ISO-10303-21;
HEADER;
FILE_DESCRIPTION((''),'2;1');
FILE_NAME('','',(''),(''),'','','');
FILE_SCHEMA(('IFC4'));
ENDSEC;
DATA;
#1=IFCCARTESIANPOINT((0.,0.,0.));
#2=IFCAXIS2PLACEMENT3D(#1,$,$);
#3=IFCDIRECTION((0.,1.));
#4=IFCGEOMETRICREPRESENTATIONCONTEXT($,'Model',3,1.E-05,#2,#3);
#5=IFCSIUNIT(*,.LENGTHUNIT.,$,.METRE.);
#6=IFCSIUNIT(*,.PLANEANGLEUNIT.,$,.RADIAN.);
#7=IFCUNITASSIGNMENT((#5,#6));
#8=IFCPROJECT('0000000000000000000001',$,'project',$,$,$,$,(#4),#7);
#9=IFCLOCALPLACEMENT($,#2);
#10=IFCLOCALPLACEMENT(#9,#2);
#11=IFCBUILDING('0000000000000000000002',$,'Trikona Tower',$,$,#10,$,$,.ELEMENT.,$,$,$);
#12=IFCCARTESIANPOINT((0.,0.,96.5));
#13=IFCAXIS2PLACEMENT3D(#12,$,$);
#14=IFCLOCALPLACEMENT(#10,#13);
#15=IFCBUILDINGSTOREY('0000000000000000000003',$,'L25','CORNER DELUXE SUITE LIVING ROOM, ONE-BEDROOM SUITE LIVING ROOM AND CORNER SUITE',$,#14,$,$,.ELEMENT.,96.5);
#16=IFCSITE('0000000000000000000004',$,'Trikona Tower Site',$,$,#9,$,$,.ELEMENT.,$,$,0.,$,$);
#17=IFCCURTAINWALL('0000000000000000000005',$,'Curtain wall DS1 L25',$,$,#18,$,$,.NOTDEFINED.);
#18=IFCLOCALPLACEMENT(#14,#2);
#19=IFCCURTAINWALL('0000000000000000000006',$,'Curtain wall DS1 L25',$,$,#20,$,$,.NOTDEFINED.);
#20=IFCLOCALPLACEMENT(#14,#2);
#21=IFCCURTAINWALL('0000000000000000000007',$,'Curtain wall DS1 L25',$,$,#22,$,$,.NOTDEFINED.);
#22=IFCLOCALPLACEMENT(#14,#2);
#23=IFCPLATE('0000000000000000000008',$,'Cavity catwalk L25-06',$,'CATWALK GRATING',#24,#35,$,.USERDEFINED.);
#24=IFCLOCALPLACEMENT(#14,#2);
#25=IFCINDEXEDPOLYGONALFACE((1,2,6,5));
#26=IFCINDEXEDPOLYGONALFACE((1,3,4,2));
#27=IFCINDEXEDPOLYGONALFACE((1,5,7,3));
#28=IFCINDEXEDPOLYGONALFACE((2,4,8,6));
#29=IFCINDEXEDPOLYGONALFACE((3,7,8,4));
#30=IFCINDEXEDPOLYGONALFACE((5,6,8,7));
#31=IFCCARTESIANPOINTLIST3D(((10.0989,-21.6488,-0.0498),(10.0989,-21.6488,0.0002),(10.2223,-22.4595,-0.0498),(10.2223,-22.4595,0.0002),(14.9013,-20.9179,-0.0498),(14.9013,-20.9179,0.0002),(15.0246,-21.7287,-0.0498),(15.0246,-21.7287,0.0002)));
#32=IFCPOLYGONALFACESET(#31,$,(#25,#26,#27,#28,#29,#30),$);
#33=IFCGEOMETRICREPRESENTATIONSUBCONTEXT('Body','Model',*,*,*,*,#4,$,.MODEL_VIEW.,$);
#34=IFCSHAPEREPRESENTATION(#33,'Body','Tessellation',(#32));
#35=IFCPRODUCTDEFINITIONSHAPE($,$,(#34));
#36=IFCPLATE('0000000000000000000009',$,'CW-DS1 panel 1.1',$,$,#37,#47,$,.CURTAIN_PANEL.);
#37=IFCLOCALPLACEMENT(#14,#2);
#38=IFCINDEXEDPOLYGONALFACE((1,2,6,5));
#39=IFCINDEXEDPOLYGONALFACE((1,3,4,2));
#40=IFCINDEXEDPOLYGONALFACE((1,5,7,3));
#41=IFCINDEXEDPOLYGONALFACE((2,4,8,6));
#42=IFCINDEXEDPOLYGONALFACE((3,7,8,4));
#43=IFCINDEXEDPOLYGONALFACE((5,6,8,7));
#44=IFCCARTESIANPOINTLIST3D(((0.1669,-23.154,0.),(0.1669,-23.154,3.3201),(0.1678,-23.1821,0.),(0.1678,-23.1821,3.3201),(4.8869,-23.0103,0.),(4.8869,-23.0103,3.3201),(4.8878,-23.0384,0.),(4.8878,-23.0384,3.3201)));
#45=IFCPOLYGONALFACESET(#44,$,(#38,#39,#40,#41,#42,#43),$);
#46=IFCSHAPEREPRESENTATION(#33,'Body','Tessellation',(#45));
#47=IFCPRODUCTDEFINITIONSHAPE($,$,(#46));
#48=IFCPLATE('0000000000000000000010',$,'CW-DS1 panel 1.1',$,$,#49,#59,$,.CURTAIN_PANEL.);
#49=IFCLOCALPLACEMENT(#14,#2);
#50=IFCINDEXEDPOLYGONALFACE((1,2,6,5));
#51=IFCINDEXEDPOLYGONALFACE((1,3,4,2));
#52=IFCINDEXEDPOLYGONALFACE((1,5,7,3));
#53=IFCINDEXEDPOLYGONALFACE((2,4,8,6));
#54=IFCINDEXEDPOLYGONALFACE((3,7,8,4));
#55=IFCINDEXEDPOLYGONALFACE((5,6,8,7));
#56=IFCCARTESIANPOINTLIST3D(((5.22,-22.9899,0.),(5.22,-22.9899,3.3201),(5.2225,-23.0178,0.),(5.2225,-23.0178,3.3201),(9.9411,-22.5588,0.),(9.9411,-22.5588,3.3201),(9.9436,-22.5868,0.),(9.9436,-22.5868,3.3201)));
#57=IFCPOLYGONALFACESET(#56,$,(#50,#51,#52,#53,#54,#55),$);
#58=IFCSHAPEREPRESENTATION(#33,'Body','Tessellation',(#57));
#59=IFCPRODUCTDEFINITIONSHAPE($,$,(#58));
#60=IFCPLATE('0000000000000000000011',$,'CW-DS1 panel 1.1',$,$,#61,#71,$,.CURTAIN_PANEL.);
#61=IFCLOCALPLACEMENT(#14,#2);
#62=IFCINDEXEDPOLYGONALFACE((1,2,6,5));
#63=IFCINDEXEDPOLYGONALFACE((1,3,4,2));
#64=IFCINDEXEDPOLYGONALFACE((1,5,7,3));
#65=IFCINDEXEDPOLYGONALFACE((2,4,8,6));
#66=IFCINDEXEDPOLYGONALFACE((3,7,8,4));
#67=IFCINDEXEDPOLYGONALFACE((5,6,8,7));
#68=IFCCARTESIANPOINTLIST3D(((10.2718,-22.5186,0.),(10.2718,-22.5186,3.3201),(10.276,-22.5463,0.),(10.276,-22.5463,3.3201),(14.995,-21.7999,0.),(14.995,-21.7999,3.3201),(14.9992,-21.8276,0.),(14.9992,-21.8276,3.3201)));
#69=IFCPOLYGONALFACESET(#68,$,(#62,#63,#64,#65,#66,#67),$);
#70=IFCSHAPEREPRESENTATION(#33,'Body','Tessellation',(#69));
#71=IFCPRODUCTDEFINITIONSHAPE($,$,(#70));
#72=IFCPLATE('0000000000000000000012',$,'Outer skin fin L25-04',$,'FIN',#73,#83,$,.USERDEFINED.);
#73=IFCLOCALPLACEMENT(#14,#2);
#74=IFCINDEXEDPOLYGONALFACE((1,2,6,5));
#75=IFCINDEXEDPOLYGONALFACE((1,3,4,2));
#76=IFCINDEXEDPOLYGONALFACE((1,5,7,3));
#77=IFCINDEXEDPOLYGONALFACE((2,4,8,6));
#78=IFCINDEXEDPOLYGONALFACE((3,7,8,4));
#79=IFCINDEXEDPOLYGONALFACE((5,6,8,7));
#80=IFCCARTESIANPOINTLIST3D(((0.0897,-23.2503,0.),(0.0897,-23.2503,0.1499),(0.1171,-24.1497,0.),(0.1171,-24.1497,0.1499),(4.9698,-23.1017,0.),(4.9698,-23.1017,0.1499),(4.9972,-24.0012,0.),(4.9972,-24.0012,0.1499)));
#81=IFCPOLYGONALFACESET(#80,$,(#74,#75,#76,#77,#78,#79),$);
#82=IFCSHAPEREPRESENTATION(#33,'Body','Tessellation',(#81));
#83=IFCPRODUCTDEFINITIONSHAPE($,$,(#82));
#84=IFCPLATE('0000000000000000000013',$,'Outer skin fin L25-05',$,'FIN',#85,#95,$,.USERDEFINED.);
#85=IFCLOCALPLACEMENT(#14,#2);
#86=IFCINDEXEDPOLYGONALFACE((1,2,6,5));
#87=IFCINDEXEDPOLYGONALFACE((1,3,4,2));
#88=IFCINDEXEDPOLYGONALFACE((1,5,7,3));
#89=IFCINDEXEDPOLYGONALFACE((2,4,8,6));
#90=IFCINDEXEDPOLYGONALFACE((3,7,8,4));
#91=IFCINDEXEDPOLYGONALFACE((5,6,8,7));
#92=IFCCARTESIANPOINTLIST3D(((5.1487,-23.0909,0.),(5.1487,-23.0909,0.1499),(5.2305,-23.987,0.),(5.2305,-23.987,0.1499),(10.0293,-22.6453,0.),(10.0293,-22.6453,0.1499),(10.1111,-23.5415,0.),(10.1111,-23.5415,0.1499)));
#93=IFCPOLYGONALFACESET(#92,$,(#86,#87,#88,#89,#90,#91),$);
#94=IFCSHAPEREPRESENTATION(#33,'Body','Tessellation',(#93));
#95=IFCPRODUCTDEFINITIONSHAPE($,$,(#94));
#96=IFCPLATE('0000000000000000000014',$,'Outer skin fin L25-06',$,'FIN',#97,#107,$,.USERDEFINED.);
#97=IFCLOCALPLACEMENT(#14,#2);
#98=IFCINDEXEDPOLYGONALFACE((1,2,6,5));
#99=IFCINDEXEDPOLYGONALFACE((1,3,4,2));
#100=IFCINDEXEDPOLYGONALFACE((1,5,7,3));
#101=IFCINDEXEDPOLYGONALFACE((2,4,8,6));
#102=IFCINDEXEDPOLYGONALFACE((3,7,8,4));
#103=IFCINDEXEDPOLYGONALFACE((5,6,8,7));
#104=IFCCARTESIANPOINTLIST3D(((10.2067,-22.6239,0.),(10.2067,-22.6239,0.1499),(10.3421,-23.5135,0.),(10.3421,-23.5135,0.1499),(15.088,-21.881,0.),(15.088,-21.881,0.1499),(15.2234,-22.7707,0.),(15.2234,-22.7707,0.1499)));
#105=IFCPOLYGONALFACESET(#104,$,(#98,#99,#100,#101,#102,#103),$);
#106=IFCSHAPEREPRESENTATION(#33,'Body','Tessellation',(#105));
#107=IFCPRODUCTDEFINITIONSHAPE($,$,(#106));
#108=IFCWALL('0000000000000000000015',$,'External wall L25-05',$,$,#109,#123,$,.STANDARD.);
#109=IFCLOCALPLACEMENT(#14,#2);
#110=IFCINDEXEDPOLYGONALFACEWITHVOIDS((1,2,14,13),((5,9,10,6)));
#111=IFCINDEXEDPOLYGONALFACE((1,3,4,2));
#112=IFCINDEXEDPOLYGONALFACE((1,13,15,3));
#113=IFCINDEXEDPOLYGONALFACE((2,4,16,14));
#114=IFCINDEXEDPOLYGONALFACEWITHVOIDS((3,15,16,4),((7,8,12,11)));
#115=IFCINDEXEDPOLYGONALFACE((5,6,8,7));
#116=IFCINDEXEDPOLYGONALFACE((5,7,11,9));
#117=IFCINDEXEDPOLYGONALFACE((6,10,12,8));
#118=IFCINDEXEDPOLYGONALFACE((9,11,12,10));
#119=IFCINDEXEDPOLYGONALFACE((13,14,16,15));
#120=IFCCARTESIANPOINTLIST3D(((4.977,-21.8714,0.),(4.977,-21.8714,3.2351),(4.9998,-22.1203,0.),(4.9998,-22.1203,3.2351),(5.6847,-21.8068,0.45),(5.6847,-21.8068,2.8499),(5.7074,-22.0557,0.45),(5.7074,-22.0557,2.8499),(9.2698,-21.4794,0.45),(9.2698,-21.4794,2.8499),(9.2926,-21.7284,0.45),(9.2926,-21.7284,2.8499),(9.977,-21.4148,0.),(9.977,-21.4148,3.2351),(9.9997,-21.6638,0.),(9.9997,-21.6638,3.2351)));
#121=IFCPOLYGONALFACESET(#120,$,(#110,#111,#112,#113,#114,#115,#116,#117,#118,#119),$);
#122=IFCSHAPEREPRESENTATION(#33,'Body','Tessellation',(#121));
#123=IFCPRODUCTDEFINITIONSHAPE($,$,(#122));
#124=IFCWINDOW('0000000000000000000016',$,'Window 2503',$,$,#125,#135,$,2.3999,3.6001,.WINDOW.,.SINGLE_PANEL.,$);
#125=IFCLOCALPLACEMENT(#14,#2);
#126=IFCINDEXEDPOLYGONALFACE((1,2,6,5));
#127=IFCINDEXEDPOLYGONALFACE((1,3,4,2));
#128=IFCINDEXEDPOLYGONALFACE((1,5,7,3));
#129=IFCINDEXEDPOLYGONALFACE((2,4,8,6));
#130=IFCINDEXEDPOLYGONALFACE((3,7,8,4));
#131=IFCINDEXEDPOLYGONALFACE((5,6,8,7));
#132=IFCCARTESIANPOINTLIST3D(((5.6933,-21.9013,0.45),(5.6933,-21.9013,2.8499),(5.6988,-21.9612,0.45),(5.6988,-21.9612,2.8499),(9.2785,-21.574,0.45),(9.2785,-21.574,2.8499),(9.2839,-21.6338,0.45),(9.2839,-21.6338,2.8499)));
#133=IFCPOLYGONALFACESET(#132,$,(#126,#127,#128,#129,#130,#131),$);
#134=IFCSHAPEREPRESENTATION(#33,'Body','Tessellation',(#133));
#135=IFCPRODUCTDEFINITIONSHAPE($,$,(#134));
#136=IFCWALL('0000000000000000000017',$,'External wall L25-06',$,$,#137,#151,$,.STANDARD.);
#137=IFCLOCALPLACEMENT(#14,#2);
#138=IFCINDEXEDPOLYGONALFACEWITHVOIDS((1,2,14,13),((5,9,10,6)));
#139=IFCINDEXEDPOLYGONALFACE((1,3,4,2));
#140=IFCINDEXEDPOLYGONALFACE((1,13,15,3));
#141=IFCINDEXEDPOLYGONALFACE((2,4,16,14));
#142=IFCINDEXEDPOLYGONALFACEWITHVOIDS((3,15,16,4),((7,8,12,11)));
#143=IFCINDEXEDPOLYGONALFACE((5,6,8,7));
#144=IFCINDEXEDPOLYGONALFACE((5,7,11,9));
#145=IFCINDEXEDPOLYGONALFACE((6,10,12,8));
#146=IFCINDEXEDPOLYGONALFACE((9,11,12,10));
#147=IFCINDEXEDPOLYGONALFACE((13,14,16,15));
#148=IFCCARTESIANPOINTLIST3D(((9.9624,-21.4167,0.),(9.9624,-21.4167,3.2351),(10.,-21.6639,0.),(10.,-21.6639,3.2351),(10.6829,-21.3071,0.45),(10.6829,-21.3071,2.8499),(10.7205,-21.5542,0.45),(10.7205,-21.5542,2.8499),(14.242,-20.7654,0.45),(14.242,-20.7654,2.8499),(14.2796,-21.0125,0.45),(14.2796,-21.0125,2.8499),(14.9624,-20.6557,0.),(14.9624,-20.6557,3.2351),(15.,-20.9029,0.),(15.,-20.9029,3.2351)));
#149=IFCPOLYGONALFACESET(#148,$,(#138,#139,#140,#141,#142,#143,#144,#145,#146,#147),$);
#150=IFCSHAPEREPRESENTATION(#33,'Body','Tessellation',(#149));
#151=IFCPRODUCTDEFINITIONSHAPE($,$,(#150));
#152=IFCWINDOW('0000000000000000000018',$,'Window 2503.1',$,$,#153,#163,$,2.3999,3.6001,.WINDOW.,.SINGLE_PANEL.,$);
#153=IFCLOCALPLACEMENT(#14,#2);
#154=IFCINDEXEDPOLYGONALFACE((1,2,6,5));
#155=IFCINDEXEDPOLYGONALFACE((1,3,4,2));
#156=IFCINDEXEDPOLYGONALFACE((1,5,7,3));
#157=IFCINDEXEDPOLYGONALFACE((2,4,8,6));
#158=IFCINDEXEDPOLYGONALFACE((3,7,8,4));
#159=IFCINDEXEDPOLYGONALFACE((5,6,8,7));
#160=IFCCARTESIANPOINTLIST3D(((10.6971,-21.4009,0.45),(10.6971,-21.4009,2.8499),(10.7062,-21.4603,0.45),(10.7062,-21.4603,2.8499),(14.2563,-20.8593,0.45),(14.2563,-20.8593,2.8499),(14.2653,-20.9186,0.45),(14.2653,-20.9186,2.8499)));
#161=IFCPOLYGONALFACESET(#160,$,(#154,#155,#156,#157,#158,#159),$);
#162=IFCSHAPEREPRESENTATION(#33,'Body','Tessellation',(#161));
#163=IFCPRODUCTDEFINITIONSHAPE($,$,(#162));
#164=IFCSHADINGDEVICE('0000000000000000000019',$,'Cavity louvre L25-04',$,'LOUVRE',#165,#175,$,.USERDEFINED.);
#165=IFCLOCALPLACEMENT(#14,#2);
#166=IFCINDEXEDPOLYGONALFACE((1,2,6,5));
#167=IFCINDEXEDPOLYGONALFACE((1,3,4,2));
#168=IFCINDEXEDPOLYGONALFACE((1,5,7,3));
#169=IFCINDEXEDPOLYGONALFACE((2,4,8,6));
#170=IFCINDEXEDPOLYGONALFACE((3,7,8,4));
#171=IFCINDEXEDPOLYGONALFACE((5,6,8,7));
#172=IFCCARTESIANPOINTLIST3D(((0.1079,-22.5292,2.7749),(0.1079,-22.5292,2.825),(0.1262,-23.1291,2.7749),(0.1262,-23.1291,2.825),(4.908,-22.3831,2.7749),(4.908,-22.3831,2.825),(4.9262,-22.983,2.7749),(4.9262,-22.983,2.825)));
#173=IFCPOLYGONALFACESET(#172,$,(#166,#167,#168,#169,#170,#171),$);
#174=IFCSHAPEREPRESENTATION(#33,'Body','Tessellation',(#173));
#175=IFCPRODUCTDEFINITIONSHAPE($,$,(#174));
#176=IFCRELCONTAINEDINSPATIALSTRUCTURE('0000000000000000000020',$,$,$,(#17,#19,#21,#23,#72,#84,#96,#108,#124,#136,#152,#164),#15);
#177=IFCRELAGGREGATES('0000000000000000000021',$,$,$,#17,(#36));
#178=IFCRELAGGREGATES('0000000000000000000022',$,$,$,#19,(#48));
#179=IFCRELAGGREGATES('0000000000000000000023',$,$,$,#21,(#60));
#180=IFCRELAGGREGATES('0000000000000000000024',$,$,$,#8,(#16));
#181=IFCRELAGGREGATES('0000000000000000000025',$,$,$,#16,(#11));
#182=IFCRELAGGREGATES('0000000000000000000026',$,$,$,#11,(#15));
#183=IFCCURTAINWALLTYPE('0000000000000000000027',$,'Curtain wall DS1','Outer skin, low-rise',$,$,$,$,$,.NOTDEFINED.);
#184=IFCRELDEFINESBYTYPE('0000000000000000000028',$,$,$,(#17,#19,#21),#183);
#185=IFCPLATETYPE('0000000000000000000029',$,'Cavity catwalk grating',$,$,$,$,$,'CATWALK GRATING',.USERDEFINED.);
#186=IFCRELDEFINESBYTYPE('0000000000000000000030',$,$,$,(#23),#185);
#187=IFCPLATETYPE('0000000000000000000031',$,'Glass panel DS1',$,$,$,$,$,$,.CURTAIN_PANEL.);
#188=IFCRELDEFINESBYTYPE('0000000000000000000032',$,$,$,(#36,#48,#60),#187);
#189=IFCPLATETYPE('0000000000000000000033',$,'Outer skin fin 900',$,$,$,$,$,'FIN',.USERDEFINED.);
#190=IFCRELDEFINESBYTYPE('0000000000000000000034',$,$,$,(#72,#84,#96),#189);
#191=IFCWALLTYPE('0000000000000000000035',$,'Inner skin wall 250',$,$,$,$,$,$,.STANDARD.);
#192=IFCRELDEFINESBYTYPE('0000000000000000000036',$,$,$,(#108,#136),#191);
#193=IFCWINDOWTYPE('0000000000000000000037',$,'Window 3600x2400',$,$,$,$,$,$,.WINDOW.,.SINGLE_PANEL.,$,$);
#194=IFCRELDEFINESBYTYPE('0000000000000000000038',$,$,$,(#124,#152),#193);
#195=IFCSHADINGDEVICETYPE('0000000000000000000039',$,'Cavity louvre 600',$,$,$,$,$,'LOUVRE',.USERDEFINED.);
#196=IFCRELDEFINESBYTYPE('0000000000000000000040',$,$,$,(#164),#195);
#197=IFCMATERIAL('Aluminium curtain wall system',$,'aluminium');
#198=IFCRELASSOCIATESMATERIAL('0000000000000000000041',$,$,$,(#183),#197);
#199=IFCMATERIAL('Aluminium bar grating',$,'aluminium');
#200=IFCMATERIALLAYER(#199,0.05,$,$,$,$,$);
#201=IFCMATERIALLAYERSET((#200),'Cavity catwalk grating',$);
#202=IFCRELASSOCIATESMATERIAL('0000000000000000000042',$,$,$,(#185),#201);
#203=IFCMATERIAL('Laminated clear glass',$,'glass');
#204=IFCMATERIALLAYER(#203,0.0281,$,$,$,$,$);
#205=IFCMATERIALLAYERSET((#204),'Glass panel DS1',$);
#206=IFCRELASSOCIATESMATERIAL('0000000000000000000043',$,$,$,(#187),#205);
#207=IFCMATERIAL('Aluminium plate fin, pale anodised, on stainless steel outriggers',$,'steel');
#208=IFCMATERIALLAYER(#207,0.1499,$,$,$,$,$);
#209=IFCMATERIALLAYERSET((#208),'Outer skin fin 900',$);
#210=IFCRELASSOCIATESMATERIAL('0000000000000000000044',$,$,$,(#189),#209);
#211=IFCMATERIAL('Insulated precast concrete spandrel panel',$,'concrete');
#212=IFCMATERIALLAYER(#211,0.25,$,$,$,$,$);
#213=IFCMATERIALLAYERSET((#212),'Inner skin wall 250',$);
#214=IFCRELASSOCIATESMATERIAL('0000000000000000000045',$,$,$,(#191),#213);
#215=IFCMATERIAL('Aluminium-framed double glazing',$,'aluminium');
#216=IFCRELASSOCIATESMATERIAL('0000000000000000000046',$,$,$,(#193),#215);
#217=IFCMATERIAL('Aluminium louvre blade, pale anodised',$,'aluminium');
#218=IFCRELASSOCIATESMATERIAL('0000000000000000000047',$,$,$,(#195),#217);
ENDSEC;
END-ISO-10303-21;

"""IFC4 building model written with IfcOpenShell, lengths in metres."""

from ifc_helpers import new_model, si_unit, direction, frame, frame_2d, origin, origin_2d, place, context, subcontext, project, spatial, rectangle, extrude, material, layer, layer_set, type_object, element, fill, aggregate, save


model = new_model("IFC4")

# Units and contexts
model_context = context("Model", 3, precision=1e-05, world=origin(), true_north=direction((0.0, 1.0)))
body_context = subcontext(model_context, "Body", "Model", "MODEL_VIEW")
ifc_project = project(units=[si_unit("LENGTHUNIT", "METRE"), si_unit("PLANEANGLEUNIT", "RADIAN")], contexts=[model_context])

# Site, building, storey
site_placement = place(None, origin())
site = spatial("IfcSite", under=ifc_project, at=site_placement, Name="Trikona Tower Site", CompositionType="ELEMENT", RefElevation=0.0)
building_placement = place(site_placement, origin())
building = spatial("IfcBuilding", under=site, at=building_placement, Name="Trikona Tower", CompositionType="ELEMENT")
storey_placement = place(building_placement, frame((0.0, 0.0, 96.5)))
storey = spatial("IfcBuildingStorey", under=building, at=storey_placement, Name="L25", Description="CORNER DELUXE SUITE LIVING ROOM, ONE-BEDROOM SUITE LIVING ROOM AND CORNER SUITE", CompositionType="ELEMENT", Elevation=96.5)

# Curtain walls
ifc_material_1 = material(Name="Aluminium curtain wall system", Category="aluminium")
curtain_wall_type = type_object("IfcCurtainWallType", Name="Curtain wall DS1", Description="Outer skin, low-rise", PredefinedType="NOTDEFINED", material=ifc_material_1)
curtain_wall_1_placement = place(storey_placement, origin())
curtain_wall_1 = element("IfcCurtainWall", 1, at=curtain_wall_1_placement, inside=storey, type_object=curtain_wall_type, Name="Curtain wall DS1 L25", PredefinedType="NOTDEFINED")
curtain_wall_2_placement = place(storey_placement, origin())
curtain_wall_2 = element("IfcCurtainWall", 2, at=curtain_wall_2_placement, inside=storey, type_object=curtain_wall_type, Name="Curtain wall DS1 L25", PredefinedType="NOTDEFINED")

# Curtain wall
curtain_wall_3_placement = place(storey_placement, origin())
curtain_wall_3 = element("IfcCurtainWall", 3, at=curtain_wall_3_placement, inside=storey, type_object=curtain_wall_type, Name="Curtain wall DS1 L25", PredefinedType="NOTDEFINED")

# Plate
ifc_material_2 = material(Name="Aluminium bar grating", Category="aluminium")
ifc_layer_1 = layer(ifc_material_2, 0.05)
ifc_layer_set_1 = layer_set([ifc_layer_1], Name="Cavity catwalk grating")
plate_type_1 = type_object("IfcPlateType", Name="Cavity catwalk grating", ElementType="CATWALK GRATING", PredefinedType="USERDEFINED", material=ifc_layer_set_1)
plate_1_placement = place(storey_placement, frame((12.5618, -21.6887, -0.0498), z_axis=(0.0, 0.0, 1.0), x_axis=(0.988618, 0.150448, 0.0)))
element("IfcPlate", 4, at=plate_1_placement, inside=storey, type_object=plate_type_1, Name="Cavity catwalk L25-06", ObjectType="CATWALK GRATING", PredefinedType="USERDEFINED", context=body_context, shape_type="SweptSolid", body=[
    extrude(rectangle(XDim=4.8577, YDim=0.8201, at=origin_2d()), origin(), (0.0, 0.0, 1.0), 0.05),
])

# Plates
ifc_material_3 = material(Name="Laminated clear glass", Category="glass")
ifc_layer_2 = layer(ifc_material_3, 0.0281)
ifc_layer_set_2 = layer_set([ifc_layer_2], Name="Glass panel DS1")
plate_type_2 = type_object("IfcPlateType", Name="Glass panel DS1", PredefinedType="CURTAIN_PANEL", material=ifc_layer_set_2)
plate_2_placement = place(storey_placement, frame((2.5273, -23.0962, 0.0), z_axis=(0.0, 0.0, 1.0), x_axis=(0.999537, 0.030437, 0.0)))
plate_2 = element("IfcPlate", 5, at=plate_2_placement, type_object=plate_type_2, Name="CW-DS1 panel 1.1", PredefinedType="CURTAIN_PANEL", context=body_context, shape_type="SweptSolid", body=[
    extrude(rectangle(XDim=4.7222, YDim=0.0281, at=origin_2d()), origin(), (0.0, 0.0, 1.0), 3.3201),
])
aggregate(curtain_wall_1, [plate_2])
plate_3_placement = place(storey_placement, frame((7.5818, -22.7883, 0.0), z_axis=(0.0, 0.0, 1.0), x_axis=(0.995858, 0.090924, 0.0)))
plate_3 = element("IfcPlate", 6, at=plate_3_placement, type_object=plate_type_2, Name="CW-DS1 panel 1.1", PredefinedType="CURTAIN_PANEL", context=body_context, shape_type="SweptSolid", body=[
    extrude(rectangle(XDim=4.7407, YDim=0.0281, at=origin_2d()), origin(), (0.0, 0.0, 1.0), 3.3201),
])
aggregate(curtain_wall_2, [plate_3])
plate_4_placement = place(storey_placement, frame((12.6355, -22.1731, 0.0), z_axis=(0.0, 0.0, 1.0), x_axis=(0.988619, 0.150438, 0.0)))
plate_4 = element("IfcPlate", 7, at=plate_4_placement, type_object=plate_type_2, Name="CW-DS1 panel 1.1", PredefinedType="CURTAIN_PANEL", context=body_context, shape_type="SweptSolid", body=[
    extrude(rectangle(XDim=4.7776, YDim=0.0281, at=origin_2d()), origin(), (0.0, 0.0, 1.0), 3.3201),
])
aggregate(curtain_wall_3, [plate_4])

# Plates
ifc_material_4 = material(Name="Aluminium plate fin, pale anodised, on stainless steel outriggers", Category="steel")
ifc_layer_3 = layer(ifc_material_4, 0.1499)
ifc_layer_set_3 = layer_set([ifc_layer_3], Name="Outer skin fin 900")
plate_type_3 = type_object("IfcPlateType", Name="Outer skin fin 900", ElementType="FIN", PredefinedType="USERDEFINED", material=ifc_layer_set_3)
plate_5_placement = place(storey_placement, frame((2.5435, -23.6257, 0.0), z_axis=(0.0, 0.0, 1.0), x_axis=(0.999537, 0.030425, 0.0)))
element("IfcPlate", 8, at=plate_5_placement, inside=storey, type_object=plate_type_3, Name="Outer skin fin L25-04", ObjectType="FIN", PredefinedType="USERDEFINED", context=body_context, shape_type="SweptSolid", body=[
    extrude(rectangle(XDim=4.8823, YDim=0.8999, at=origin_2d()), origin(), (0.0, 0.0, 1.0), 0.1499),
])
plate_6_placement = place(storey_placement, frame((7.6299, -23.3162, 0.0), z_axis=(0.0, 0.0, 1.0), x_axis=(0.995858, 0.090921, 0.0)))
element("IfcPlate", 9, at=plate_6_placement, inside=storey, type_object=plate_type_3, Name="Outer skin fin L25-05", ObjectType="FIN", PredefinedType="USERDEFINED", context=body_context, shape_type="SweptSolid", body=[
    extrude(rectangle(XDim=4.9009, YDim=0.8999, at=origin_2d()), origin(), (0.0, 0.0, 1.0), 0.1499),
])
plate_7_placement = place(storey_placement, frame((12.7151, -22.6973, 0.0), z_axis=(0.0, 0.0, 1.0), x_axis=(0.988618, 0.150448, 0.0)))
element("IfcPlate", 10, at=plate_7_placement, inside=storey, type_object=plate_type_3, Name="Outer skin fin L25-06", ObjectType="FIN", PredefinedType="USERDEFINED", context=body_context, shape_type="SweptSolid", body=[
    extrude(rectangle(XDim=4.9375, YDim=0.8999, at=origin_2d()), origin(), (0.0, 0.0, 1.0), 0.1499),
])

# Walls, openings, windows
ifc_material_5 = material(Name="Insulated precast concrete spandrel panel", Category="concrete")
ifc_layer_4 = layer(ifc_material_5, 0.25)
ifc_layer_set_4 = layer_set([ifc_layer_4], Name="Inner skin wall 250")
wall_type = type_object("IfcWallType", Name="Inner skin wall 250", PredefinedType="STANDARD", material=ifc_layer_set_4)
wall_1_placement = place(storey_placement, frame((4.9885, -21.9958, 0.0), z_axis=(0.0, 0.0, 1.0), x_axis=(0.995857, 0.09093, 0.0)))
wall_1 = element("IfcWall", 11, at=wall_1_placement, inside=storey, type_object=wall_type, Name="External wall L25-05", PredefinedType="STANDARD", context=body_context, shape_type="SweptSolid", body=[
    extrude(rectangle(XDim=5.0208, YDim=0.25, at=frame_2d((2.5103, 0.0))), origin(), (0.0, 0.0, 1.0), 3.2351),
])
opening_1_placement = place(wall_1_placement, frame((0.7104, 0.0, 0.45)))
opening_1 = element("IfcOpeningElement", 12, at=opening_1_placement, cuts=wall_1, PredefinedType="OPENING", context=body_context, shape_type="SweptSolid", body=[
    extrude(rectangle(XDim=3.6001, YDim=2.3999, at=frame_2d((1.8, 1.2))), frame((0.0, 0.135, 0.0), z_axis=(0.0, -1.0, 0.0), x_axis=(1.0, 0.0, 0.0)), (0.0, 0.0, 1.0), 0.27),
])
ifc_material_6 = material(Name="Aluminium-framed double glazing", Category="aluminium")
window_type = type_object("IfcWindowType", Name="Window 3600x2400", PartitioningType="SINGLE_PANEL", PredefinedType="WINDOW", material=ifc_material_6)
window_1_placement = place(opening_1_placement, origin())
window_1 = element("IfcWindow", 13, at=window_1_placement, inside=storey, type_object=window_type, Name="Window 2503", OverallHeight=2.3999, OverallWidth=3.6001, PartitioningType="SINGLE_PANEL", PredefinedType="WINDOW", context=body_context, shape_type="SweptSolid", body=[
    extrude(rectangle(XDim=3.6001, YDim=2.3999, at=frame_2d((1.8, 1.2))), frame((0.0, 0.03, 0.0), z_axis=(0.0, -1.0, 0.0), x_axis=(1.0, 0.0, 0.0)), (0.0, 0.0, 1.0), 0.0601),
])
fill(opening_1, window_1)
wall_2_placement = place(storey_placement, frame((9.9812, -21.5403, 0.0), z_axis=(0.0, 0.0, 1.0), x_axis=(0.988615, 0.150465, 0.0)))
wall_2 = element("IfcWall", 14, at=wall_2_placement, inside=storey, type_object=wall_type, Name="External wall L25-06", PredefinedType="STANDARD", context=body_context, shape_type="SweptSolid", body=[
    extrude(rectangle(XDim=5.0576, YDim=0.25, at=frame_2d((2.5288, 0.0))), origin(), (0.0, 0.0, 1.0), 3.2351),
])
opening_2_placement = place(wall_2_placement, frame((0.7288, 0.0, 0.45)))
opening_2 = element("IfcOpeningElement", 15, at=opening_2_placement, cuts=wall_2, PredefinedType="OPENING", context=body_context, shape_type="SweptSolid", body=[
    extrude(rectangle(XDim=3.6001, YDim=2.3999, at=frame_2d((1.8, 1.2))), frame((0.0, 0.135, 0.0), z_axis=(0.0, -1.0, 0.0), x_axis=(1.0, 0.0, 0.0)), (0.0, 0.0, 1.0), 0.27),
])
window_2_placement = place(opening_2_placement, origin())
window_2 = element("IfcWindow", 16, at=window_2_placement, inside=storey, type_object=window_type, Name="Window 2503.1", OverallHeight=2.3999, OverallWidth=3.6001, PartitioningType="SINGLE_PANEL", PredefinedType="WINDOW", context=body_context, shape_type="SweptSolid", body=[
    extrude(rectangle(XDim=3.6001, YDim=2.3999, at=frame_2d((1.8, 1.2))), frame((0.0, 0.03, 0.0), z_axis=(0.0, -1.0, 0.0), x_axis=(1.0, 0.0, 0.0)), (0.0, 0.0, 1.0), 0.0601),
])
fill(opening_2, window_2)

# Shading device
ifc_material_7 = material(Name="Aluminium louvre blade, pale anodised", Category="aluminium")
shading_device_type = type_object("IfcShadingDeviceType", Name="Cavity louvre 600", ElementType="LOUVRE", PredefinedType="USERDEFINED", material=ifc_material_7)
shading_device_1_placement = place(storey_placement, frame((2.5171, -22.7561, 2.7749), z_axis=(0.0, 0.0, 1.0), x_axis=(0.999537, 0.030425, 0.0)))
element("IfcShadingDevice", 17, at=shading_device_1_placement, inside=storey, type_object=shading_device_type, Name="Cavity louvre L25-04", ObjectType="LOUVRE", PredefinedType="USERDEFINED", context=body_context, shape_type="SweptSolid", body=[
    extrude(rectangle(XDim=4.8022, YDim=0.6001, at=origin_2d()), origin(), (0.0, 0.0, 1.0), 0.05),
])

save(model, "model.ifc")
